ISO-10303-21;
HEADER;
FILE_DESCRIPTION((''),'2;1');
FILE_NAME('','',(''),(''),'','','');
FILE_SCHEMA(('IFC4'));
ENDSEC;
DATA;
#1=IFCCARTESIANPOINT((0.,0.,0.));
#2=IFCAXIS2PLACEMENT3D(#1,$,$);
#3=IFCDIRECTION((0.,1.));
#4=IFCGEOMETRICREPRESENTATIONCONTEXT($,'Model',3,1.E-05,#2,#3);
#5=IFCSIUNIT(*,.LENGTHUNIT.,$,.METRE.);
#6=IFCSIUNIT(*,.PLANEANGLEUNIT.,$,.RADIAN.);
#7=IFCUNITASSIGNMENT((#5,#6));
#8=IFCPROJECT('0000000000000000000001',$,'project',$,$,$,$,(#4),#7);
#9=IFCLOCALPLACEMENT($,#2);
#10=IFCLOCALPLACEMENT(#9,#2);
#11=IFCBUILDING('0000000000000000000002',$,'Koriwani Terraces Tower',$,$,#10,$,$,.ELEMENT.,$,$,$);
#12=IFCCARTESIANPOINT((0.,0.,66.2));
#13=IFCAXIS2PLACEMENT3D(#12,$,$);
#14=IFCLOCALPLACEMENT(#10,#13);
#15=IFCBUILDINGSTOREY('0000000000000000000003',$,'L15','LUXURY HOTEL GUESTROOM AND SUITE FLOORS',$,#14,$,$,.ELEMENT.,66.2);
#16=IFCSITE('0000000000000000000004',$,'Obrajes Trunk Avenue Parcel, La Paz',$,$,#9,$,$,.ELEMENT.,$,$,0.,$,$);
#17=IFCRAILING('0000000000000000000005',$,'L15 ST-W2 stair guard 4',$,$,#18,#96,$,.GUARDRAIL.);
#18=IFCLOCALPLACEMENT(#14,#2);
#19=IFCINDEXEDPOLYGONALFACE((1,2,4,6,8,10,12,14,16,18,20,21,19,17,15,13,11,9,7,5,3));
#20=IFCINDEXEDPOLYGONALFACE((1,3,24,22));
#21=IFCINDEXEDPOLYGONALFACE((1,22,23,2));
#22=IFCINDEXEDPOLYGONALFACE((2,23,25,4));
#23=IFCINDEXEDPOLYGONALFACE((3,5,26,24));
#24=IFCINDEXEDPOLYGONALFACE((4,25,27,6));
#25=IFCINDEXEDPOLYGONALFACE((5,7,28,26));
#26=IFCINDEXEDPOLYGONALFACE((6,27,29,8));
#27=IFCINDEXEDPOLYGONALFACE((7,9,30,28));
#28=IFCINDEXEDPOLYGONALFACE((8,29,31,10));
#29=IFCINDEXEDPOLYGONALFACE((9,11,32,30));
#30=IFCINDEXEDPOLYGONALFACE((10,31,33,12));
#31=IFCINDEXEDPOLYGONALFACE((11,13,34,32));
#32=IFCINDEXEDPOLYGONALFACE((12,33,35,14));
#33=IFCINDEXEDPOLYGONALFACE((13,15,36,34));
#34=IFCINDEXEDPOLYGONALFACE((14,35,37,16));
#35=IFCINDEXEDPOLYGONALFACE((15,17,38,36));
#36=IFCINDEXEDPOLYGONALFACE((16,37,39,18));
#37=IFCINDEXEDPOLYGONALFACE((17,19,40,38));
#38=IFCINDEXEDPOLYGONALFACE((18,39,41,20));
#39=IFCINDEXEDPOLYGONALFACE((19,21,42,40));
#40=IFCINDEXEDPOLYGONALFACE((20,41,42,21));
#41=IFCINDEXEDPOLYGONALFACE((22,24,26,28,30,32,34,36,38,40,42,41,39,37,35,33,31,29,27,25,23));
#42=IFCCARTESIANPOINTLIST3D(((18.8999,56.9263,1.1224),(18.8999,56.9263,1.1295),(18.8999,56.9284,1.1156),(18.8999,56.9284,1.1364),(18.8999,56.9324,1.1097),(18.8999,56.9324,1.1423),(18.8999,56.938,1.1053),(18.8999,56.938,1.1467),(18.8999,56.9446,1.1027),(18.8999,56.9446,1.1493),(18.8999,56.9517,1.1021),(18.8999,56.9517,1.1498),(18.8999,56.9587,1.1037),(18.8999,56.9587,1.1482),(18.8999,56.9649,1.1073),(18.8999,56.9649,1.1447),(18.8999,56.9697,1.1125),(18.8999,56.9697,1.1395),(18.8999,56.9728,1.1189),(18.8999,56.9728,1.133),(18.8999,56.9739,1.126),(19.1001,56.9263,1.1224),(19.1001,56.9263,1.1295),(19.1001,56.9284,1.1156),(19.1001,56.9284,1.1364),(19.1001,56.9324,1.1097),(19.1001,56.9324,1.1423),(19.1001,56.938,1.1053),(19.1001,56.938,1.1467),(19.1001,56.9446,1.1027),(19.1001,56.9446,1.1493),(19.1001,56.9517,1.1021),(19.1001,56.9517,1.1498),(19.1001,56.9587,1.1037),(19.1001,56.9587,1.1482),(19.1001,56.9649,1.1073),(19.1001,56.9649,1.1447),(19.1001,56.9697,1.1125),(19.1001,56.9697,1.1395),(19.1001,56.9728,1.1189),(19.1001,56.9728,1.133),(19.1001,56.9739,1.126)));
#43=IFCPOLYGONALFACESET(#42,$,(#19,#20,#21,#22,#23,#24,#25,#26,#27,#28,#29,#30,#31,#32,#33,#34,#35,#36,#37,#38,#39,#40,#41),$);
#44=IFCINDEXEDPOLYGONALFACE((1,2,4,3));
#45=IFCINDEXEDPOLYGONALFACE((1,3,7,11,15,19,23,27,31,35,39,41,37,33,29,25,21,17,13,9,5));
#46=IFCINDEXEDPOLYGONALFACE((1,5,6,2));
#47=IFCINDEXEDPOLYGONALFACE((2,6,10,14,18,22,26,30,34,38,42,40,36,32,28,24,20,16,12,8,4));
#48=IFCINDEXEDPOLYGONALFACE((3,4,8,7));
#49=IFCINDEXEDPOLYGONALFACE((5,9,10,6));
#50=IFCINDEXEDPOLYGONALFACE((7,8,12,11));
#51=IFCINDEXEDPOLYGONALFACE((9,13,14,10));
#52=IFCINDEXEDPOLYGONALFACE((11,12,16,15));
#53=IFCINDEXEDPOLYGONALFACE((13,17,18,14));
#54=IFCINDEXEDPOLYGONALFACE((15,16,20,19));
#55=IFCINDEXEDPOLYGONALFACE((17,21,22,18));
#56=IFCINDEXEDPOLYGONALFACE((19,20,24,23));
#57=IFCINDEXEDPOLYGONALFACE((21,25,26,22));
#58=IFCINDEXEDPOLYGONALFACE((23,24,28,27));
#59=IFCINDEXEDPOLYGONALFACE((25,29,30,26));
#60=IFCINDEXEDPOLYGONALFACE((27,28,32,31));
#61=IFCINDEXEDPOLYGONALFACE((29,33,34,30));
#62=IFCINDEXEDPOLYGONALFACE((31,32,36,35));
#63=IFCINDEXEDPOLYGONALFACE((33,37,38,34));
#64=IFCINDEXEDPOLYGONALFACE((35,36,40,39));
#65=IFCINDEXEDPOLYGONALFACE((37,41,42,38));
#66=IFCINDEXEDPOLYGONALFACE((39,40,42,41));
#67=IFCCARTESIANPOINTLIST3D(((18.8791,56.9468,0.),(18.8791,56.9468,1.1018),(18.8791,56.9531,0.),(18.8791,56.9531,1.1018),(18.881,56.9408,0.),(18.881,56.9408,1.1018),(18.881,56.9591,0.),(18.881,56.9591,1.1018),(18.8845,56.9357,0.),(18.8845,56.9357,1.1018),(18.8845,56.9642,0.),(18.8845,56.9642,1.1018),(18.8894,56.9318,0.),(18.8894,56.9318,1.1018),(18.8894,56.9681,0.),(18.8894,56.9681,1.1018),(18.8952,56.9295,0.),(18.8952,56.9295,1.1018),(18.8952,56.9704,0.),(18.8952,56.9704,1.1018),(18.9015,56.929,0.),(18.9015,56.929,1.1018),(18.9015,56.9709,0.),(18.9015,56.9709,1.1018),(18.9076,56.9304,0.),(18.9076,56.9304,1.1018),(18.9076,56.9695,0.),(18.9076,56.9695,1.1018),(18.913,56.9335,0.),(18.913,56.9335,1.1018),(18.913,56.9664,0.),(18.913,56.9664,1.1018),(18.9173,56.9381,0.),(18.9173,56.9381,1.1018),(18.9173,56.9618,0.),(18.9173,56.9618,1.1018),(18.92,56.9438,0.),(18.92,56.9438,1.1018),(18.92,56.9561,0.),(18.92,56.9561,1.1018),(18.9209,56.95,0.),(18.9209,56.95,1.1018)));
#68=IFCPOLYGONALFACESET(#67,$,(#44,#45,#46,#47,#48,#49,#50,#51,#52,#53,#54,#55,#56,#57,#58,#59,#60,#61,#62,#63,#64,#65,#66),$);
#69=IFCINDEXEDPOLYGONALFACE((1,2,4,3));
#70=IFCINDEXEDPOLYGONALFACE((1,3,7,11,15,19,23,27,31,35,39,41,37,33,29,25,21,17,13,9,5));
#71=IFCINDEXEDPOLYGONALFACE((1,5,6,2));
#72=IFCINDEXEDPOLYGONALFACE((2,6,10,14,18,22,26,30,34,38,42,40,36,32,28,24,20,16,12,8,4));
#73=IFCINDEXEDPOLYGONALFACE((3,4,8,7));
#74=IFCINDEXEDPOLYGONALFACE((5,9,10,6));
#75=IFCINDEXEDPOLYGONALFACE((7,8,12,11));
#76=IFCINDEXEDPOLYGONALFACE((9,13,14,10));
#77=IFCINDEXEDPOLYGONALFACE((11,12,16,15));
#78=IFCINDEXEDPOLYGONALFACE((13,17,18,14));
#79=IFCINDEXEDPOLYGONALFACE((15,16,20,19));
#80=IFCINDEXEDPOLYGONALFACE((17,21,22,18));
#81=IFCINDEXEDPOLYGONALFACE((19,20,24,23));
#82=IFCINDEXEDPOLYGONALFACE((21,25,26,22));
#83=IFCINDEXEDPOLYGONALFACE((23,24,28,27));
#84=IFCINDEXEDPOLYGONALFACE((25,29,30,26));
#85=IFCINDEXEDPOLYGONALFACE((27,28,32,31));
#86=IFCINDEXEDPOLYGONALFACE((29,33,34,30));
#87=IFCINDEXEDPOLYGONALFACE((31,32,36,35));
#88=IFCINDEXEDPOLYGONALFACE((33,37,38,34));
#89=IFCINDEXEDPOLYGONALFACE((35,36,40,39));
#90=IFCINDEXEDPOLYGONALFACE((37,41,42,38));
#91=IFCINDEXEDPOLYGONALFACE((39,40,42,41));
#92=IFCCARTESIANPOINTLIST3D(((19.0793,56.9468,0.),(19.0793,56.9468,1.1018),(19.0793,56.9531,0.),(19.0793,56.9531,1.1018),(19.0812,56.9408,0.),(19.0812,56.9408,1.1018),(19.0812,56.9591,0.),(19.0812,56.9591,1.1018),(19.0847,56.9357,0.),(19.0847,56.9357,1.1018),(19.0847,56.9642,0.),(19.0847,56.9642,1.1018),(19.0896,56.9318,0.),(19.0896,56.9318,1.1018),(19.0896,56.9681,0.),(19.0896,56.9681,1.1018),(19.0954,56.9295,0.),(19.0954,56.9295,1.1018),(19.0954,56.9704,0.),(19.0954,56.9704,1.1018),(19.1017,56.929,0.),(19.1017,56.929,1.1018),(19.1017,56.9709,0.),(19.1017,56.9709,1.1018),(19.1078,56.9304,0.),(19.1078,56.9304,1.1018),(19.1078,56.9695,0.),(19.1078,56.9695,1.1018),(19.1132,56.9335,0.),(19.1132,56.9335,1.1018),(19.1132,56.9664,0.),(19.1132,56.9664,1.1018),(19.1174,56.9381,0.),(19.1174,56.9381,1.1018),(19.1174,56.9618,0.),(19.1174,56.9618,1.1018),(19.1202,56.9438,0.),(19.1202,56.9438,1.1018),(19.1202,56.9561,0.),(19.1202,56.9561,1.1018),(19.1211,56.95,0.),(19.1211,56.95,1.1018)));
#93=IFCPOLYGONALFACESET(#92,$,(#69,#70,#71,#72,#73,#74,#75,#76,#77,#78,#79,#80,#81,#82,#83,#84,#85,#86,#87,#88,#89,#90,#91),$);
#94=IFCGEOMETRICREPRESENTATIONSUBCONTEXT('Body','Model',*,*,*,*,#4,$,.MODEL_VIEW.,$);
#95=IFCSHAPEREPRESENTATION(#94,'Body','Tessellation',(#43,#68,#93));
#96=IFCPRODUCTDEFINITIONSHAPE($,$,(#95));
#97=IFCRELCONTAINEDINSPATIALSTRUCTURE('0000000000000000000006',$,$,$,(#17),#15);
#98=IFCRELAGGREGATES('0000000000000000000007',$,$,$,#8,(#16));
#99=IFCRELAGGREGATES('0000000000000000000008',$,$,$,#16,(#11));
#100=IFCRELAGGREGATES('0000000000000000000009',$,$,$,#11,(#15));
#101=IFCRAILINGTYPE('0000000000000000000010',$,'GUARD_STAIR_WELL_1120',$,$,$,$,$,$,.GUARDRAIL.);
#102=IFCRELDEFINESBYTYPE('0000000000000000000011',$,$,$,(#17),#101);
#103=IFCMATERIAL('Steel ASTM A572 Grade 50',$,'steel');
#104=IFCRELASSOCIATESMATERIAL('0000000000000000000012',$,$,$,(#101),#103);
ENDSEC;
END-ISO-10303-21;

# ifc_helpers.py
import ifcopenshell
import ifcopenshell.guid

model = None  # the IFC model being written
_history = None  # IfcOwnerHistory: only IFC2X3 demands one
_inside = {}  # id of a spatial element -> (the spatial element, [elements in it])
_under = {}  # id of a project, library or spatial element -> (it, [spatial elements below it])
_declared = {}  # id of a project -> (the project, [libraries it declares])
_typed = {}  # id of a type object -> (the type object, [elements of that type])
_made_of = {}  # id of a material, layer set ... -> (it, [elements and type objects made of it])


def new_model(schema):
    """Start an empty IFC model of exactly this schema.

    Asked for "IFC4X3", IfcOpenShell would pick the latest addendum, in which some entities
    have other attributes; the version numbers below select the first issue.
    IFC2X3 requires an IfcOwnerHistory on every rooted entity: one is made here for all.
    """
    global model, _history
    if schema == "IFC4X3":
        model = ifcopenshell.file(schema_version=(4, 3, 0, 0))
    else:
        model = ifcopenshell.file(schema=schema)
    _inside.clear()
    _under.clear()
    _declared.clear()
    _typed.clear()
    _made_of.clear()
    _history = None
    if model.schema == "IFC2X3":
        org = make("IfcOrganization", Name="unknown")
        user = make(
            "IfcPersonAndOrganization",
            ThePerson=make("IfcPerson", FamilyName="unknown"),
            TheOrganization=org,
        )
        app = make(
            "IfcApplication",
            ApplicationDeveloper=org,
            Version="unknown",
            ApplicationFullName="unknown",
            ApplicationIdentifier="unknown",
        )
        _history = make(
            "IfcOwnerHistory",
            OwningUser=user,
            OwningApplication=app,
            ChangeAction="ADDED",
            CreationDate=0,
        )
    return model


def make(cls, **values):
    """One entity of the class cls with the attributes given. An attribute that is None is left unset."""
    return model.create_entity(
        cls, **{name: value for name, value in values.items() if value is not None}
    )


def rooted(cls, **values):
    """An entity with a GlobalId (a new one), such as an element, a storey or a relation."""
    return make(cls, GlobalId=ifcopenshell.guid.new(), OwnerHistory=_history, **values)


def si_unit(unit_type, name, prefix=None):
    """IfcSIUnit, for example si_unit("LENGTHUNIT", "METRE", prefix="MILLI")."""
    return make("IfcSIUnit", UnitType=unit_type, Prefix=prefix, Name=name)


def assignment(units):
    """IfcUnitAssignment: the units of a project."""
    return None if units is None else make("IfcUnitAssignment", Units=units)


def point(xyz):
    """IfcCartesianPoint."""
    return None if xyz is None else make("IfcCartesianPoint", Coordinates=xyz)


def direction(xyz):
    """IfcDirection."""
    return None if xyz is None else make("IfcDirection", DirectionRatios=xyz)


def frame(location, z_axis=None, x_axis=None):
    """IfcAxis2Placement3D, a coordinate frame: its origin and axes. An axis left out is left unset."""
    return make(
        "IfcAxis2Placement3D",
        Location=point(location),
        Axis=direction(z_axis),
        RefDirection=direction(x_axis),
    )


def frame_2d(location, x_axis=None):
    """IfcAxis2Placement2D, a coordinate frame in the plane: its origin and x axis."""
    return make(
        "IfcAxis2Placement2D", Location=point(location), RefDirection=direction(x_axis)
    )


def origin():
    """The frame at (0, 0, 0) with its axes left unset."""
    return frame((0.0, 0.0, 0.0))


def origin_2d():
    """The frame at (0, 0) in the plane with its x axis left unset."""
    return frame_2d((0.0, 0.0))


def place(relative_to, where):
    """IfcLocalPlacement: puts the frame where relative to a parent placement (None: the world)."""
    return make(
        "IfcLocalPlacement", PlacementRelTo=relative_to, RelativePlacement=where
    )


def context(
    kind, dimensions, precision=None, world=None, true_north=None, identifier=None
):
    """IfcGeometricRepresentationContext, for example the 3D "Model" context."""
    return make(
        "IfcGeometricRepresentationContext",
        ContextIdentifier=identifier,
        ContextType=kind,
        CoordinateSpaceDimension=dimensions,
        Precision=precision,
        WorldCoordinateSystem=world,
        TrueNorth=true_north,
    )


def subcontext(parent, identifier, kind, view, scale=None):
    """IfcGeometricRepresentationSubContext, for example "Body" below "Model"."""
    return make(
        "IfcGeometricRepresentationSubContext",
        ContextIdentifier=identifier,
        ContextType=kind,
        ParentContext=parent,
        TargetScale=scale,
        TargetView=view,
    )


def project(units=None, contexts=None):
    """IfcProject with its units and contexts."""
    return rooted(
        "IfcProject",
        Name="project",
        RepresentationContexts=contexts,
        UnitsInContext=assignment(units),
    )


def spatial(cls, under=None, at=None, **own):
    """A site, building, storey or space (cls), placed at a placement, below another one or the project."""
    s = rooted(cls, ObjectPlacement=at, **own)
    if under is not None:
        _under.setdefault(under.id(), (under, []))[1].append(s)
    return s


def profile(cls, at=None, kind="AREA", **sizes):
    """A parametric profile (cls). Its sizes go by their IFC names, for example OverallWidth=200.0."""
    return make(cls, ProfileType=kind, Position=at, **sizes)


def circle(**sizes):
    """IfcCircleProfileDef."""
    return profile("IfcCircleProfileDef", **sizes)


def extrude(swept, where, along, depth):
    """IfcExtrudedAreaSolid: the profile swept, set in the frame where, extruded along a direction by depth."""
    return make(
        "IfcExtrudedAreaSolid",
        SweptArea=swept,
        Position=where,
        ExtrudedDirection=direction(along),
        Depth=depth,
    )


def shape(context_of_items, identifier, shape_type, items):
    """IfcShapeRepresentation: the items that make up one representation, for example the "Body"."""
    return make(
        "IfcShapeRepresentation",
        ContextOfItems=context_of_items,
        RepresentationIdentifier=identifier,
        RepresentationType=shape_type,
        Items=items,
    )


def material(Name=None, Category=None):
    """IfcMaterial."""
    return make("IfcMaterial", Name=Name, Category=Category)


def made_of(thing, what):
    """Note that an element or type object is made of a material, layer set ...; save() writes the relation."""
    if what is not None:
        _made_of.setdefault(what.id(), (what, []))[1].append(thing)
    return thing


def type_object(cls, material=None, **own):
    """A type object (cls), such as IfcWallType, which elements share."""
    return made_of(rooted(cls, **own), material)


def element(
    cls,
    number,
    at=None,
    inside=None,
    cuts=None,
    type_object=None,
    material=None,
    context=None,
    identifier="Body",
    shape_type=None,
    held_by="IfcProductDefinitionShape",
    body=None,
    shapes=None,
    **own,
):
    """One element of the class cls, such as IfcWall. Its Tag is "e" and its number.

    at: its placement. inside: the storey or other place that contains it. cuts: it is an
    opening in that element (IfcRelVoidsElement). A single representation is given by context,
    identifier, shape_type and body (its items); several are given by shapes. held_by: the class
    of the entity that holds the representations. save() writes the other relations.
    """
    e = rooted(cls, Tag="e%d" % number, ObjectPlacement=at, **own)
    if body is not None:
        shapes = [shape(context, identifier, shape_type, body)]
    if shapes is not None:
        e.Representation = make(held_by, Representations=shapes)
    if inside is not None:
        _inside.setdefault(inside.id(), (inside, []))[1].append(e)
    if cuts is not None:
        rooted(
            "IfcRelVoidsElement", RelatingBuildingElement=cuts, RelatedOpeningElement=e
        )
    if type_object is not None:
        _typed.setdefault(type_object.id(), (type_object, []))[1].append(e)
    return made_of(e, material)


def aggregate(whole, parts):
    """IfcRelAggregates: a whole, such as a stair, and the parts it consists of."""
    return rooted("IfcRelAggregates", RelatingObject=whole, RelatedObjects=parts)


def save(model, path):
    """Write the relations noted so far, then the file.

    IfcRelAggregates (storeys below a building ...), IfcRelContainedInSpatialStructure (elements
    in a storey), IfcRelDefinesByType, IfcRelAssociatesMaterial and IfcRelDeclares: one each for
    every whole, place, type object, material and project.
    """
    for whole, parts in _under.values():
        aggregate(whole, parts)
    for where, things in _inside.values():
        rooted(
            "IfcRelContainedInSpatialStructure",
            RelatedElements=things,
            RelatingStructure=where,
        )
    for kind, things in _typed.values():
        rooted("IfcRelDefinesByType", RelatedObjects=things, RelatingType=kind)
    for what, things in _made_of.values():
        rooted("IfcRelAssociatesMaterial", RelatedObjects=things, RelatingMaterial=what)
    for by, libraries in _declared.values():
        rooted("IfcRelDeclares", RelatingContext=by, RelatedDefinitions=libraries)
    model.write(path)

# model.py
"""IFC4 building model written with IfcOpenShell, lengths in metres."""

from ifc_helpers import new_model, si_unit, direction, frame, origin, origin_2d, place, context, subcontext, project, spatial, circle, extrude, material, type_object, element, save


model = new_model("IFC4")

# Units and contexts
model_context = context("Model", 3, precision=1e-05, world=origin(), true_north=direction((0.0, 1.0)))
body_context = subcontext(model_context, "Body", "Model", "MODEL_VIEW")
ifc_project = project(units=[si_unit("LENGTHUNIT", "METRE"), si_unit("PLANEANGLEUNIT", "RADIAN")], contexts=[model_context])

# Site, building, storey
site_placement = place(None, origin())
site = spatial("IfcSite", under=ifc_project, at=site_placement, Name="Obrajes Trunk Avenue Parcel, La Paz", CompositionType="ELEMENT", RefElevation=0.0)
building_placement = place(site_placement, origin())
building = spatial("IfcBuilding", under=site, at=building_placement, Name="Koriwani Terraces Tower", CompositionType="ELEMENT")
storey_placement = place(building_placement, frame((0.0, 0.0, 66.2)))
storey = spatial("IfcBuildingStorey", under=building, at=storey_placement, Name="L15", Description="LUXURY HOTEL GUESTROOM AND SUITE FLOORS", CompositionType="ELEMENT", Elevation=66.2)

# Shared definitions
ifc_material_1 = material(Name="Steel ASTM A572 Grade 50", Category="steel")

# Railing
railing_type_1 = type_object("IfcRailingType", Name="GUARD_STAIR_WELL_1120", PredefinedType="GUARDRAIL", material=ifc_material_1)
railing_1_placement = place(storey_placement, frame((18.8999, 56.95, 0.0)))
element("IfcRailing", 1, at=railing_1_placement, inside=storey, type_object=railing_type_1, Name="L15 ST-W2 stair guard 4", PredefinedType="GUARDRAIL", context=body_context, shape_type="SweptSolid", body=[
    extrude(circle(Radius=0.0239, at=origin_2d()), frame((0.0, 0.0, 1.126), z_axis=(1.0, 0.0, 0.0), x_axis=(0.0, 1.0, 0.0)), (0.0, 0.0, 1.0), 0.2002),
    extrude(circle(Radius=0.021, at=origin_2d()), origin(), (0.0, 0.0, 1.0), 1.1018),
    extrude(circle(Radius=0.021, at=origin_2d()), frame((0.2002, 0.0, 0.0)), (0.0, 0.0, 1.0), 1.1018),
])

save(model, "model.ifc")
